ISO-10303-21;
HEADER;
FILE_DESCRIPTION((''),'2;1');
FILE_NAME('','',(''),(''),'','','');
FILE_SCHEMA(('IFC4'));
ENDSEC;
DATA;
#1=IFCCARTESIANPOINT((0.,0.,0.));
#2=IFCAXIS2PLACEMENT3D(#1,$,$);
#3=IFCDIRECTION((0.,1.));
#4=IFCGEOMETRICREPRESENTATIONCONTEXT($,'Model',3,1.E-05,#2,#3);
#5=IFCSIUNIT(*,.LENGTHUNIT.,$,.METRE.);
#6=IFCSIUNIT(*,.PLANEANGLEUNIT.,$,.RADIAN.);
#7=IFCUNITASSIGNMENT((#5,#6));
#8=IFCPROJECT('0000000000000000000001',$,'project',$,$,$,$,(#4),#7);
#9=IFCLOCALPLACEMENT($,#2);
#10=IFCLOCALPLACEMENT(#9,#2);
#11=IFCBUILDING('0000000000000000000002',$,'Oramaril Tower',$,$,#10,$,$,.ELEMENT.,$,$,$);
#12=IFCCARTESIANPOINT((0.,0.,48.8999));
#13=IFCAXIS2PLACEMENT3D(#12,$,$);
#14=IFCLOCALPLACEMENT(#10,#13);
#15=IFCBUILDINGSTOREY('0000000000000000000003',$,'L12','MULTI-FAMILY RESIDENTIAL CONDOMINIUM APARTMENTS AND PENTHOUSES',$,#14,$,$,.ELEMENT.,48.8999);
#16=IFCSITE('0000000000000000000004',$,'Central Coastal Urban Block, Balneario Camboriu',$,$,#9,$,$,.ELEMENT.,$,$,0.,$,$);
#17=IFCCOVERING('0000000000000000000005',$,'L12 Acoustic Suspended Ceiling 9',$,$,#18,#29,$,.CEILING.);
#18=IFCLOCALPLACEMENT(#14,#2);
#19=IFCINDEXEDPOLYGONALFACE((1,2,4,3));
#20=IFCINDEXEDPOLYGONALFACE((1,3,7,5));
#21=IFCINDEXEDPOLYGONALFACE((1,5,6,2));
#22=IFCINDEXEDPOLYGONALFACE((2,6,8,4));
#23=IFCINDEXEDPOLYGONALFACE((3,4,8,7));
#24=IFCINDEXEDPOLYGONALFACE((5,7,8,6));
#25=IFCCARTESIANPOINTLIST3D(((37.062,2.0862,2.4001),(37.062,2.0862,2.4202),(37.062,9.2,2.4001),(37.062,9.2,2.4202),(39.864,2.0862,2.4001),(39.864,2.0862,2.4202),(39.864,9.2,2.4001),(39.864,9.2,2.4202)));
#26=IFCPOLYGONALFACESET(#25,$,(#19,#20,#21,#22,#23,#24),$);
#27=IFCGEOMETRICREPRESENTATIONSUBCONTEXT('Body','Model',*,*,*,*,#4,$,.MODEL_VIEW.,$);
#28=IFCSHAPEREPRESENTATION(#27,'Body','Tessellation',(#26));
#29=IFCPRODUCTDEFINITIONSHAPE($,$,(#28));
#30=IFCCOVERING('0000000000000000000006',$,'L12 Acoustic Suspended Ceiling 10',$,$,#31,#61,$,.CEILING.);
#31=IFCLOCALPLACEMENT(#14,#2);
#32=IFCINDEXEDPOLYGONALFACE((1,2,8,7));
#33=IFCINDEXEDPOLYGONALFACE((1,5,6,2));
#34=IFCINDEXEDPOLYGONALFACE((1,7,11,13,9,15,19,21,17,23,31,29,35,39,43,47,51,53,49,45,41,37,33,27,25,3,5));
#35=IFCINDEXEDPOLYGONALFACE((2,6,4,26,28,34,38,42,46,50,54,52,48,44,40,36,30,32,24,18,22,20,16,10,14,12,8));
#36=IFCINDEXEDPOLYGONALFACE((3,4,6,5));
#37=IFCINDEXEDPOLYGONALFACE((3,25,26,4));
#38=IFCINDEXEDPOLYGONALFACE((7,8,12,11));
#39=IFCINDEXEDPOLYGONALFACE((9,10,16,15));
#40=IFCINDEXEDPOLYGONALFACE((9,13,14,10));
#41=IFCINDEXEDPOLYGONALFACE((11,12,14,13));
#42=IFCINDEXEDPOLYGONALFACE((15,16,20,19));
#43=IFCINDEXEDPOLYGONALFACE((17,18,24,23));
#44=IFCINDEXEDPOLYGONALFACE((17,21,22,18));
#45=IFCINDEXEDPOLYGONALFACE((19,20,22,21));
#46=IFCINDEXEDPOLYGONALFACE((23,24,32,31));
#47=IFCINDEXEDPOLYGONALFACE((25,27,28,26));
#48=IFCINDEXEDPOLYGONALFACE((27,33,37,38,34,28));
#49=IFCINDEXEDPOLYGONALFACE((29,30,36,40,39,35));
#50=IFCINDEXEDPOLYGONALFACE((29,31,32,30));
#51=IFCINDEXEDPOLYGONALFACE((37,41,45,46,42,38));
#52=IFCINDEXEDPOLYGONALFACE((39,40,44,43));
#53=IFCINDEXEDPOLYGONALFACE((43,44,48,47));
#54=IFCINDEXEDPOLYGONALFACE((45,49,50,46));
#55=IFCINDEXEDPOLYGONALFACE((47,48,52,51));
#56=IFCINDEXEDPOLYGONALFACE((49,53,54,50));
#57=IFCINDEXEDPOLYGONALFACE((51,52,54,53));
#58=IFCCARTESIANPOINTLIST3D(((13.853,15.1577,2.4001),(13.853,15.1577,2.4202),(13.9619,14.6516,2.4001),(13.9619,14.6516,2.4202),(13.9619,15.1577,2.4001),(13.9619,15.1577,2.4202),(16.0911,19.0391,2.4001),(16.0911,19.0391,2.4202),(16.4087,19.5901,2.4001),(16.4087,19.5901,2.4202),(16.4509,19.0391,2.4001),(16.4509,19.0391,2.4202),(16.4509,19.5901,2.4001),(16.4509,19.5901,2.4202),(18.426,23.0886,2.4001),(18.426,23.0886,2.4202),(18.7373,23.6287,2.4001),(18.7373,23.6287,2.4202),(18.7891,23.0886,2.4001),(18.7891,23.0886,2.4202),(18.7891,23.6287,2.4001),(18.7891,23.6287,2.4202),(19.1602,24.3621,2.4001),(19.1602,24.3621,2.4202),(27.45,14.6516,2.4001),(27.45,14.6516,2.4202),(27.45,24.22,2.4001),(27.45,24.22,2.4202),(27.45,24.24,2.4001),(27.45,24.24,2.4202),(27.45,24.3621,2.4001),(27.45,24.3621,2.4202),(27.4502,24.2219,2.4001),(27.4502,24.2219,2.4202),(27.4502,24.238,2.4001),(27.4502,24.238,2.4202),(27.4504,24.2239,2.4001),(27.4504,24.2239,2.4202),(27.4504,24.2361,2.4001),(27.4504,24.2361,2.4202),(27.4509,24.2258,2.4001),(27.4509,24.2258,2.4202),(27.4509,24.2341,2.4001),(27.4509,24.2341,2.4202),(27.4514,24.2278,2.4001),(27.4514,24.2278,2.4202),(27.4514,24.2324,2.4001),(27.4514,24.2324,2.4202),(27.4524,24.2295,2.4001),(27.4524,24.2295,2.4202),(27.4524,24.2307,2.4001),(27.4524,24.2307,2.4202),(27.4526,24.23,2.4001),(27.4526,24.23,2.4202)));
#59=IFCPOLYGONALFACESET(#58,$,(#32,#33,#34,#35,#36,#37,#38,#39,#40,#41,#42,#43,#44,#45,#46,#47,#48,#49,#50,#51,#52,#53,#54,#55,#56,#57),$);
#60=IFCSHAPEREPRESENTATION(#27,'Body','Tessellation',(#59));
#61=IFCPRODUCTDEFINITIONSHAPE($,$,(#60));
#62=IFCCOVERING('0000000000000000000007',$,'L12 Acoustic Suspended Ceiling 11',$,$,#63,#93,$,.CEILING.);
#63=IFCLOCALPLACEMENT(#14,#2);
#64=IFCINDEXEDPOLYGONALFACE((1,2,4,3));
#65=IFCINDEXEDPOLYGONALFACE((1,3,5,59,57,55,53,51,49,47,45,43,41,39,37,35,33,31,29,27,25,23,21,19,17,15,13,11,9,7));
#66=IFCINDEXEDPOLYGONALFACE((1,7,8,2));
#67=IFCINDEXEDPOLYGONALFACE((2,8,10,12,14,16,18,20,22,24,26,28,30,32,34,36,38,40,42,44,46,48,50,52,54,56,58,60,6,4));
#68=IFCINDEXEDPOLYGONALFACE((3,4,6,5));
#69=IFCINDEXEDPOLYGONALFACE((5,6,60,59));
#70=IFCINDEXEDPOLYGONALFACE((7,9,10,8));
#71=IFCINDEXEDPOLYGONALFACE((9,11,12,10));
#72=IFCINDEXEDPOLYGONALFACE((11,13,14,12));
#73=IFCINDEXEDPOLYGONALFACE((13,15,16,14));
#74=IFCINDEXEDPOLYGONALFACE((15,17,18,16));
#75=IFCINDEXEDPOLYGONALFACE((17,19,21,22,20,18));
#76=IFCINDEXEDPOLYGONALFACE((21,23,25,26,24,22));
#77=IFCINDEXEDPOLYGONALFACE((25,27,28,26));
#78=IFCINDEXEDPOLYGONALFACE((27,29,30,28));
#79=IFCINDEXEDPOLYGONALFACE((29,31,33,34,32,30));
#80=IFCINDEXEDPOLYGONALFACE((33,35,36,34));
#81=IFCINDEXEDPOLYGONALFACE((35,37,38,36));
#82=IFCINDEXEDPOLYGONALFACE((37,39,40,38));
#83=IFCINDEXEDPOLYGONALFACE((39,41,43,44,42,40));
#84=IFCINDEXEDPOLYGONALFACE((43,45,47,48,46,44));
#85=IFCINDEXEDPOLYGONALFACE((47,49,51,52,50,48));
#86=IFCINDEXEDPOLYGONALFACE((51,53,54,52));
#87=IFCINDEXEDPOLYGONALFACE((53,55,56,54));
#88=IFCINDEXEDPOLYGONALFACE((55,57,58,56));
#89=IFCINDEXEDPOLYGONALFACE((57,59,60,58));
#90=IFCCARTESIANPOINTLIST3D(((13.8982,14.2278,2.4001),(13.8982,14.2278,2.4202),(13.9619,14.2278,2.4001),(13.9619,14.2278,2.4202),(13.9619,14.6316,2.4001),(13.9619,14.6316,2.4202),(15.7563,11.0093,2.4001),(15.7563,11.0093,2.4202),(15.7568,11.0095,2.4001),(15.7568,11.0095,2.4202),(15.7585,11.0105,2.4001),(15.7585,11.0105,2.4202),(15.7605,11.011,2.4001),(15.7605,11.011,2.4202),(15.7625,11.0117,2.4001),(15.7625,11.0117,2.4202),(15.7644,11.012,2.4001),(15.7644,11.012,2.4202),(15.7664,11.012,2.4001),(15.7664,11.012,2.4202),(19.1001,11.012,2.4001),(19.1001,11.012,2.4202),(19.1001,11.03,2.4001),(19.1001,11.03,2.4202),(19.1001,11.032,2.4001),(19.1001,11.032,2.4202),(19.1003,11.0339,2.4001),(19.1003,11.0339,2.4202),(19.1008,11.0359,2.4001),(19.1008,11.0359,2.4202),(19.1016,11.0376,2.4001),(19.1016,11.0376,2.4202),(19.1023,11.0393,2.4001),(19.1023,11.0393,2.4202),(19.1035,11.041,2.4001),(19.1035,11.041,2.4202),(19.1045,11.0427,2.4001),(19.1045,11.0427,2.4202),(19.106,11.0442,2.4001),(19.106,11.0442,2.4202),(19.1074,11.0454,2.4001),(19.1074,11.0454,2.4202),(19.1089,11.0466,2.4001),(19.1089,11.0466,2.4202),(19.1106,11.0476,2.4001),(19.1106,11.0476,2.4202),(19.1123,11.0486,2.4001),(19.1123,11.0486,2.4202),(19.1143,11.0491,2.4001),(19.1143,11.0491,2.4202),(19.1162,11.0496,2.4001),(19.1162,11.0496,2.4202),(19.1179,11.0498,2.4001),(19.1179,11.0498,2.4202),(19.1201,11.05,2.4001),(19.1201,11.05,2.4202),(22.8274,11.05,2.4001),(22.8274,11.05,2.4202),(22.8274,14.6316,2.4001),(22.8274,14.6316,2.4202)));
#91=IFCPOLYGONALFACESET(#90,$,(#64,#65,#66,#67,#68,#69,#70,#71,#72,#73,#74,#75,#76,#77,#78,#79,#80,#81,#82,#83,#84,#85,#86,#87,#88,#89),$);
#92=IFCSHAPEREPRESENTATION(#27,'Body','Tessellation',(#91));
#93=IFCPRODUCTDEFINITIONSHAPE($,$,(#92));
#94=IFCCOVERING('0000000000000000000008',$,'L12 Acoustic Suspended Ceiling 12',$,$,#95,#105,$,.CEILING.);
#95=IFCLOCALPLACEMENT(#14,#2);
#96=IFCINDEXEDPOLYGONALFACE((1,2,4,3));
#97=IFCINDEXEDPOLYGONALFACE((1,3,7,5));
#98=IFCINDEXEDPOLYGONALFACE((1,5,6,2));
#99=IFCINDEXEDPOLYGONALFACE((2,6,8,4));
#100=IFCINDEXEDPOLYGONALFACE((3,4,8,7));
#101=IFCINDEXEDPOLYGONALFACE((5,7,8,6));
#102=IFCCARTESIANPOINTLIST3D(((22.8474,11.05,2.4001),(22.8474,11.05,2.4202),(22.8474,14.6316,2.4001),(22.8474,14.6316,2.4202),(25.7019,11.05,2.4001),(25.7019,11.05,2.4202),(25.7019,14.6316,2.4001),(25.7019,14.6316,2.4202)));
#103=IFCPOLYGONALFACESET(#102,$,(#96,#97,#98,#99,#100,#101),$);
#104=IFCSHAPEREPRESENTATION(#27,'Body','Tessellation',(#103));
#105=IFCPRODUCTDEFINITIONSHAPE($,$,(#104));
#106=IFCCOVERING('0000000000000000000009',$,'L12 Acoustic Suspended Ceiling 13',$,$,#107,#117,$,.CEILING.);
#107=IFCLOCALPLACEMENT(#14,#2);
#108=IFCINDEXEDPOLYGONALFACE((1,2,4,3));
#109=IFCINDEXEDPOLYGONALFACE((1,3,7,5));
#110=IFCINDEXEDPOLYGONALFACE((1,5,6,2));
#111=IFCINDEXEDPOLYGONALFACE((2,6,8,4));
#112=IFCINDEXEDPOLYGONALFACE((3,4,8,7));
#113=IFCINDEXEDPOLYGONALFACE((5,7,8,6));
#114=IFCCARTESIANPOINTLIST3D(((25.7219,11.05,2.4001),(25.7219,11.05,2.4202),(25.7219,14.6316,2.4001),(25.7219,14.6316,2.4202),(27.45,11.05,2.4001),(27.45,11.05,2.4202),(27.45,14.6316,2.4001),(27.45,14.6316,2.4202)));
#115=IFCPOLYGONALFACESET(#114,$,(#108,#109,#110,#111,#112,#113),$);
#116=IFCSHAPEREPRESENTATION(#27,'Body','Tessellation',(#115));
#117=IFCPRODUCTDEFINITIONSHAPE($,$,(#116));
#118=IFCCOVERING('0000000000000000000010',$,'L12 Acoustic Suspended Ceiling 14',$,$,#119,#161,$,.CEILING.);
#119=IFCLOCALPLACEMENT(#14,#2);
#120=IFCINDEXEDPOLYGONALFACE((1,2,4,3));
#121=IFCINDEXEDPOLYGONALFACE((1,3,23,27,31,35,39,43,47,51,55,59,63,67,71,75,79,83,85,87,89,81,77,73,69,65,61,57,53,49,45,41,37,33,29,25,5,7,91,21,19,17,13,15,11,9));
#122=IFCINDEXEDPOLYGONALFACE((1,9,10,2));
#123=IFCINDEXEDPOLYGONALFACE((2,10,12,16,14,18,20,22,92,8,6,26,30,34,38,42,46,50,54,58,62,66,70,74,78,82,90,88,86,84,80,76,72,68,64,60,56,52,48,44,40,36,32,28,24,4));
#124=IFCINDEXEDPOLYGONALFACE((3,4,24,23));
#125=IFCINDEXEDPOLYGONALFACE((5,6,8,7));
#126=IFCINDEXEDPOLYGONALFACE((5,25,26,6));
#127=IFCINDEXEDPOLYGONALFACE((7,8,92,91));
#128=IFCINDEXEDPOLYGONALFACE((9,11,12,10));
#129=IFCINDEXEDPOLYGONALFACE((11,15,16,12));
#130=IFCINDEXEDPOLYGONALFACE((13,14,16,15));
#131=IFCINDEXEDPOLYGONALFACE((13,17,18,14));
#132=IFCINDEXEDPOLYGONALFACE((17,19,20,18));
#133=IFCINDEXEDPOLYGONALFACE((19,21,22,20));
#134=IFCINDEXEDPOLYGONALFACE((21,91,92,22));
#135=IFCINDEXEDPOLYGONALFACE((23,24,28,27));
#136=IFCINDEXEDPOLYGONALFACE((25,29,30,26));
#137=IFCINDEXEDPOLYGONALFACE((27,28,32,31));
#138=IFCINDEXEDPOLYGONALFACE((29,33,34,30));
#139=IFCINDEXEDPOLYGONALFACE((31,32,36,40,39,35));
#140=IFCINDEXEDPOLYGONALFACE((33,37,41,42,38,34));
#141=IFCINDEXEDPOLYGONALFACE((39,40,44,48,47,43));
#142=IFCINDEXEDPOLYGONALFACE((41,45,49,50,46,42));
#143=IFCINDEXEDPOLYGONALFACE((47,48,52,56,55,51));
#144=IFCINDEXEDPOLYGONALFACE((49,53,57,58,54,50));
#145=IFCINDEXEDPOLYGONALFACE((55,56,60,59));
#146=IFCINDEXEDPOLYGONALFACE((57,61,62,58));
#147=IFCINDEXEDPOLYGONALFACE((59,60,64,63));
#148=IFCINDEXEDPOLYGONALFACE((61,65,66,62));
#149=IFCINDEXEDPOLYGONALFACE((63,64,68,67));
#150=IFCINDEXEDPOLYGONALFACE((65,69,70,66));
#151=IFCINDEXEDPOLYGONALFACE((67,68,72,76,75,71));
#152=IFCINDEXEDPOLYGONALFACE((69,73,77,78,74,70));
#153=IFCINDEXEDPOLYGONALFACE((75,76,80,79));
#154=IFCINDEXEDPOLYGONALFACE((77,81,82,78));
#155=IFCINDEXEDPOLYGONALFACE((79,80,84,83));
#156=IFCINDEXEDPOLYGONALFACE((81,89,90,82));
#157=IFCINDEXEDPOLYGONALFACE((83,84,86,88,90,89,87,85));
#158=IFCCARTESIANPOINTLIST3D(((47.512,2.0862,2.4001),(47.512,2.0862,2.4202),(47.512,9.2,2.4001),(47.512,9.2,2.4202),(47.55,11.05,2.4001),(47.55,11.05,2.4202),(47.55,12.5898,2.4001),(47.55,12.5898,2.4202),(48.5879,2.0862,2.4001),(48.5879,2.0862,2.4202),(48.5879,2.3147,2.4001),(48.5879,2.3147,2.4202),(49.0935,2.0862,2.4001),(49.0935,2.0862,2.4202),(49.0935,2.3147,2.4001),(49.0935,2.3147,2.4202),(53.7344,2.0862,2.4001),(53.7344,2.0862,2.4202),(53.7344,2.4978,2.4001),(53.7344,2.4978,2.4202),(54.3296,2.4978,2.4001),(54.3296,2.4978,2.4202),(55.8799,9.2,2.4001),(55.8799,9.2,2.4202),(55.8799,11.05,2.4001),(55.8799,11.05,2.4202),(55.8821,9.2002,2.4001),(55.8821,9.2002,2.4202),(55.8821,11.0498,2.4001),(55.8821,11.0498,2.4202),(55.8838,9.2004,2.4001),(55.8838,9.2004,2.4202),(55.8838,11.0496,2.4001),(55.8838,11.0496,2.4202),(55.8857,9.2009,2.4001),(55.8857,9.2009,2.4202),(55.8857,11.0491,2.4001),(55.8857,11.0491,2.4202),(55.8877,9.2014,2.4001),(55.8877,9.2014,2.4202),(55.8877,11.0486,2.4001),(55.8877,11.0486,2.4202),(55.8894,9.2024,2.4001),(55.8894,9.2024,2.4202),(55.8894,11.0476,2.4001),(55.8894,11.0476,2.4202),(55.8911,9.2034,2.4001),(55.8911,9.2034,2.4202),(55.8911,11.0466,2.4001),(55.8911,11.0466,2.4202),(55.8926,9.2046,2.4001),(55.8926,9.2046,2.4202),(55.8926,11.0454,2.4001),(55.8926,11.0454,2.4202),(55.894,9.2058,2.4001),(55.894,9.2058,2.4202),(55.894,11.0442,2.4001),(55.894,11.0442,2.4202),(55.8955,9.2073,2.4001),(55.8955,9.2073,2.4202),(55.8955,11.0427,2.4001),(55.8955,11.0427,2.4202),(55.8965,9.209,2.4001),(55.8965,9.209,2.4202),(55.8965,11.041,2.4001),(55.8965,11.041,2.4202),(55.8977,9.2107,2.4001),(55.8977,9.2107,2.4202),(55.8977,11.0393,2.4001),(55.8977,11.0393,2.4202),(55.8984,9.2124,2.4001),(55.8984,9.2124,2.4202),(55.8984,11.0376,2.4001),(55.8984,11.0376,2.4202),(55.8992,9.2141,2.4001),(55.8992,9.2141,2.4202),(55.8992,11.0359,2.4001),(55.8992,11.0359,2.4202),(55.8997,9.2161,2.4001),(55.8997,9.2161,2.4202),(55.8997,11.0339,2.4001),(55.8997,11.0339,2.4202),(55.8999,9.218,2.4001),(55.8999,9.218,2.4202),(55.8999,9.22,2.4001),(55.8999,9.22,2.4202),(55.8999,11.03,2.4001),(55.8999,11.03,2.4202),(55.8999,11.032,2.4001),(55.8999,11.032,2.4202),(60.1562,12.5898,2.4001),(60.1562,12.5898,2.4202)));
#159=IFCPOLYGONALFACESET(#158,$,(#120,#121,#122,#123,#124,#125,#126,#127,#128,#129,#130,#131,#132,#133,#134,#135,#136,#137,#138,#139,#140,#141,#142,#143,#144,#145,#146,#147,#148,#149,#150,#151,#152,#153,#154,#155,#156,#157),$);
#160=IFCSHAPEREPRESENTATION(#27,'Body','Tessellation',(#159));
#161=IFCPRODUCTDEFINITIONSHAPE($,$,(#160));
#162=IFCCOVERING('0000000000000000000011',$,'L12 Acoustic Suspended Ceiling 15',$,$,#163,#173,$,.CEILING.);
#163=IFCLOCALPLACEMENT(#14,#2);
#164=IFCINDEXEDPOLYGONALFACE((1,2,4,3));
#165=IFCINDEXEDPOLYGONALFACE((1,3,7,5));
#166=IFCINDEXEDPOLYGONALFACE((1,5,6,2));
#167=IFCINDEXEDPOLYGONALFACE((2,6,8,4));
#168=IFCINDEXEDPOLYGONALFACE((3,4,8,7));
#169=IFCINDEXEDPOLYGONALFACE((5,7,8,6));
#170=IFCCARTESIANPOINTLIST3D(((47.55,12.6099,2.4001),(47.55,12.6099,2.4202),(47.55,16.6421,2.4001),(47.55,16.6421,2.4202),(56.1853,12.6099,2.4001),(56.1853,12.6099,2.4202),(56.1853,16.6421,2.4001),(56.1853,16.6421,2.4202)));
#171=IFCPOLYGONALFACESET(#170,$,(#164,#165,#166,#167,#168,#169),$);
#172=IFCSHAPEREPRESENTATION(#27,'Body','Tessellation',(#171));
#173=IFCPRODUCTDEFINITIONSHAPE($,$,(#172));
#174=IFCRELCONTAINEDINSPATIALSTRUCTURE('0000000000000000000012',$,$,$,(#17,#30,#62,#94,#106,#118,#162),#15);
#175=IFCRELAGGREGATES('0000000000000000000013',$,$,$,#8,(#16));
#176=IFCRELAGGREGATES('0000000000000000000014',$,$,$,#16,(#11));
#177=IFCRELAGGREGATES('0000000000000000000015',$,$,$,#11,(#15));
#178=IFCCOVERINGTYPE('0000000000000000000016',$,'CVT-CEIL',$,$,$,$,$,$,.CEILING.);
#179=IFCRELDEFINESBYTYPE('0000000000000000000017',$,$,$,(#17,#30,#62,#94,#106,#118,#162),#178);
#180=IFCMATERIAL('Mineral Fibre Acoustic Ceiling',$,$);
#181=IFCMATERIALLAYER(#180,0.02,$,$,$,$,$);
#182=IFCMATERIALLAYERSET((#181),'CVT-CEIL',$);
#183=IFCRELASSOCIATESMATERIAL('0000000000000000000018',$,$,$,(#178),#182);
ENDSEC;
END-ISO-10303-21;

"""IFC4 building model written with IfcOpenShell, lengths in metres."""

from ifc_helpers import new_model, si_unit, direction, frame, origin, place, context, subcontext, project, spatial, polyline, outline, extrude, material, layer, layer_set, type_object, element, save


model = new_model("IFC4")

# Units and contexts
model_context = context("Model", 3, precision=1e-05, world=origin(), true_north=direction((0.0, 1.0)))
body_context = subcontext(model_context, "Body", "Model", "MODEL_VIEW")
ifc_project = project(units=[si_unit("LENGTHUNIT", "METRE"), si_unit("PLANEANGLEUNIT", "RADIAN")], contexts=[model_context])

# Site, building, storey
site_placement = place(None, origin())
site = spatial("IfcSite", under=ifc_project, at=site_placement, Name="Central Coastal Urban Block, Balneario Camboriu", CompositionType="ELEMENT", RefElevation=0.0)
building_placement = place(site_placement, origin())
building = spatial("IfcBuilding", under=site, at=building_placement, Name="Oramaril Tower", CompositionType="ELEMENT")
storey_placement = place(building_placement, frame((0.0, 0.0, 48.8999)))
storey = spatial("IfcBuildingStorey", under=building, at=storey_placement, Name="L12", Description="MULTI-FAMILY RESIDENTIAL CONDOMINIUM APARTMENTS AND PENTHOUSES", CompositionType="ELEMENT", Elevation=48.8999)

# Coverings
ifc_material_1 = material(Name="Mineral Fibre Acoustic Ceiling")
ifc_layer_1 = layer(ifc_material_1, 0.02)
ifc_layer_set_1 = layer_set([ifc_layer_1], Name="CVT-CEIL")
covering_type_1 = type_object("IfcCoveringType", Name="CVT-CEIL", PredefinedType="CEILING", material=ifc_layer_set_1)
covering_1_placement = place(storey_placement, frame((0.0, 0.0, 2.4001)))
element("IfcCovering", 1, at=covering_1_placement, inside=storey, type_object=covering_type_1, Name="L12 Acoustic Suspended Ceiling 9", PredefinedType="CEILING", context=body_context, shape_type="SweptSolid", body=[
    extrude(outline(polyline([(37.062, 2.0862), (37.062, 9.2), (39.864, 9.2), (39.864, 2.0862), (37.062, 2.0862)])), origin(), (0.0, 0.0, 1.0), 0.02),
])
covering_2_placement = place(storey_placement, frame((0.0, 0.0, 2.4001)))
element("IfcCovering", 2, at=covering_2_placement, inside=storey, type_object=covering_type_1, Name="L12 Acoustic Suspended Ceiling 10", PredefinedType="CEILING", context=body_context, shape_type="SweptSolid", body=[
    extrude(outline(polyline([(13.9619, 14.6516), (13.9619, 15.1577), (13.853, 15.1577), (16.0911, 19.0391), (16.4509, 19.0391), (16.4509, 19.5901), (16.4087, 19.5901), (18.426, 23.0886), (18.7891, 23.0886), (18.7891, 23.6287), (18.7373, 23.6287), (19.1602, 24.3621), (27.45, 24.3621), (27.45, 24.24), (27.4502, 24.238), (27.4504, 24.2361), (27.4509, 24.2341), (27.4514, 24.2324), (27.4524, 24.2307), (27.4526, 24.23), (27.4524, 24.2295), (27.4514, 24.2278), (27.4509, 24.2258), (27.4504, 24.2239), (27.4502, 24.2219), (27.45, 24.22), (27.45, 14.6516), (13.9619, 14.6516)])), origin(), (0.0, 0.0, 1.0), 0.02),
])
covering_3_placement = place(storey_placement, frame((0.0, 0.0, 2.4001)))
element("IfcCovering", 3, at=covering_3_placement, inside=storey, type_object=covering_type_1, Name="L12 Acoustic Suspended Ceiling 11", PredefinedType="CEILING", context=body_context, shape_type="SweptSolid", body=[
    extrude(outline(polyline([(13.9619, 14.2278), (13.9619, 14.6316), (22.8274, 14.6316), (22.8274, 11.05), (19.1201, 11.05), (19.1179, 11.0498), (19.1162, 11.0496), (19.1143, 11.0491), (19.1123, 11.0486), (19.1106, 11.0476), (19.1089, 11.0466), (19.1074, 11.0454), (19.106, 11.0442), (19.1045, 11.0427), (19.1035, 11.041), (19.1023, 11.0393), (19.1016, 11.0376), (19.1008, 11.0359), (19.1003, 11.0339), (19.1001, 11.032), (19.1001, 11.03), (19.1001, 11.012), (15.7664, 11.012), (15.7644, 11.012), (15.7625, 11.0117), (15.7605, 11.011), (15.7585, 11.0105), (15.7568, 11.0095), (15.7563, 11.0093), (13.8982, 14.2278), (13.9619, 14.2278)])), origin(), (0.0, 0.0, 1.0), 0.02),
])
covering_4_placement = place(storey_placement, frame((0.0, 0.0, 2.4001)))
element("IfcCovering", 4, at=covering_4_placement, inside=storey, type_object=covering_type_1, Name="L12 Acoustic Suspended Ceiling 12", PredefinedType="CEILING", context=body_context, shape_type="SweptSolid", body=[
    extrude(outline(polyline([(25.7019, 11.05), (22.8474, 11.05), (22.8474, 14.6316), (25.7019, 14.6316), (25.7019, 11.05)])), origin(), (0.0, 0.0, 1.0), 0.02),
])
covering_5_placement = place(storey_placement, frame((0.0, 0.0, 2.4001)))
element("IfcCovering", 5, at=covering_5_placement, inside=storey, type_object=covering_type_1, Name="L12 Acoustic Suspended Ceiling 13", PredefinedType="CEILING", context=body_context, shape_type="SweptSolid", body=[
    extrude(outline(polyline([(25.7219, 14.6316), (27.45, 14.6316), (27.45, 11.05), (25.7219, 11.05), (25.7219, 14.6316)])), origin(), (0.0, 0.0, 1.0), 0.02),
])
covering_6_placement = place(storey_placement, frame((0.0, 0.0, 2.4001)))
element("IfcCovering", 6, at=covering_6_placement, inside=storey, type_object=covering_type_1, Name="L12 Acoustic Suspended Ceiling 14", PredefinedType="CEILING", context=body_context, shape_type="SweptSolid", body=[
    extrude(outline(polyline([(60.1562, 12.5898), (54.3296, 2.4978), (53.7344, 2.4978), (53.7344, 2.0862), (49.0935, 2.0862), (49.0935, 2.3147), (48.5879, 2.3147), (48.5879, 2.0862), (47.512, 2.0862), (47.512, 9.2), (55.8799, 9.2), (55.8821, 9.2002), (55.8838, 9.2004), (55.8857, 9.2009), (55.8877, 9.2014), (55.8894, 9.2024), (55.8911, 9.2034), (55.8926, 9.2046), (55.894, 9.2058), (55.8955, 9.2073), (55.8965, 9.209), (55.8977, 9.2107), (55.8984, 9.2124), (55.8992, 9.2141), (55.8997, 9.2161), (55.8999, 9.218), (55.8999, 9.22), (55.8999, 11.03), (55.8999, 11.032), (55.8997, 11.0339), (55.8992, 11.0359), (55.8984, 11.0376), (55.8977, 11.0393), (55.8965, 11.041), (55.8955, 11.0427), (55.894, 11.0442), (55.8926, 11.0454), (55.8911, 11.0466), (55.8894, 11.0476), (55.8877, 11.0486), (55.8857, 11.0491), (55.8838, 11.0496), (55.8821, 11.0498), (55.8799, 11.05), (47.55, 11.05), (47.55, 12.5898), (60.1562, 12.5898)])), origin(), (0.0, 0.0, 1.0), 0.02),
])
covering_7_placement = place(storey_placement, frame((0.0, 0.0, 2.4001)))
element("IfcCovering", 7, at=covering_7_placement, inside=storey, type_object=covering_type_1, Name="L12 Acoustic Suspended Ceiling 15", PredefinedType="CEILING", context=body_context, shape_type="SweptSolid", body=[
    extrude(outline(polyline([(56.1853, 16.6421), (56.1853, 12.6099), (47.55, 12.6099), (47.55, 16.6421), (56.1853, 16.6421)])), origin(), (0.0, 0.0, 1.0), 0.02),
])

save(model, "model.ifc")
